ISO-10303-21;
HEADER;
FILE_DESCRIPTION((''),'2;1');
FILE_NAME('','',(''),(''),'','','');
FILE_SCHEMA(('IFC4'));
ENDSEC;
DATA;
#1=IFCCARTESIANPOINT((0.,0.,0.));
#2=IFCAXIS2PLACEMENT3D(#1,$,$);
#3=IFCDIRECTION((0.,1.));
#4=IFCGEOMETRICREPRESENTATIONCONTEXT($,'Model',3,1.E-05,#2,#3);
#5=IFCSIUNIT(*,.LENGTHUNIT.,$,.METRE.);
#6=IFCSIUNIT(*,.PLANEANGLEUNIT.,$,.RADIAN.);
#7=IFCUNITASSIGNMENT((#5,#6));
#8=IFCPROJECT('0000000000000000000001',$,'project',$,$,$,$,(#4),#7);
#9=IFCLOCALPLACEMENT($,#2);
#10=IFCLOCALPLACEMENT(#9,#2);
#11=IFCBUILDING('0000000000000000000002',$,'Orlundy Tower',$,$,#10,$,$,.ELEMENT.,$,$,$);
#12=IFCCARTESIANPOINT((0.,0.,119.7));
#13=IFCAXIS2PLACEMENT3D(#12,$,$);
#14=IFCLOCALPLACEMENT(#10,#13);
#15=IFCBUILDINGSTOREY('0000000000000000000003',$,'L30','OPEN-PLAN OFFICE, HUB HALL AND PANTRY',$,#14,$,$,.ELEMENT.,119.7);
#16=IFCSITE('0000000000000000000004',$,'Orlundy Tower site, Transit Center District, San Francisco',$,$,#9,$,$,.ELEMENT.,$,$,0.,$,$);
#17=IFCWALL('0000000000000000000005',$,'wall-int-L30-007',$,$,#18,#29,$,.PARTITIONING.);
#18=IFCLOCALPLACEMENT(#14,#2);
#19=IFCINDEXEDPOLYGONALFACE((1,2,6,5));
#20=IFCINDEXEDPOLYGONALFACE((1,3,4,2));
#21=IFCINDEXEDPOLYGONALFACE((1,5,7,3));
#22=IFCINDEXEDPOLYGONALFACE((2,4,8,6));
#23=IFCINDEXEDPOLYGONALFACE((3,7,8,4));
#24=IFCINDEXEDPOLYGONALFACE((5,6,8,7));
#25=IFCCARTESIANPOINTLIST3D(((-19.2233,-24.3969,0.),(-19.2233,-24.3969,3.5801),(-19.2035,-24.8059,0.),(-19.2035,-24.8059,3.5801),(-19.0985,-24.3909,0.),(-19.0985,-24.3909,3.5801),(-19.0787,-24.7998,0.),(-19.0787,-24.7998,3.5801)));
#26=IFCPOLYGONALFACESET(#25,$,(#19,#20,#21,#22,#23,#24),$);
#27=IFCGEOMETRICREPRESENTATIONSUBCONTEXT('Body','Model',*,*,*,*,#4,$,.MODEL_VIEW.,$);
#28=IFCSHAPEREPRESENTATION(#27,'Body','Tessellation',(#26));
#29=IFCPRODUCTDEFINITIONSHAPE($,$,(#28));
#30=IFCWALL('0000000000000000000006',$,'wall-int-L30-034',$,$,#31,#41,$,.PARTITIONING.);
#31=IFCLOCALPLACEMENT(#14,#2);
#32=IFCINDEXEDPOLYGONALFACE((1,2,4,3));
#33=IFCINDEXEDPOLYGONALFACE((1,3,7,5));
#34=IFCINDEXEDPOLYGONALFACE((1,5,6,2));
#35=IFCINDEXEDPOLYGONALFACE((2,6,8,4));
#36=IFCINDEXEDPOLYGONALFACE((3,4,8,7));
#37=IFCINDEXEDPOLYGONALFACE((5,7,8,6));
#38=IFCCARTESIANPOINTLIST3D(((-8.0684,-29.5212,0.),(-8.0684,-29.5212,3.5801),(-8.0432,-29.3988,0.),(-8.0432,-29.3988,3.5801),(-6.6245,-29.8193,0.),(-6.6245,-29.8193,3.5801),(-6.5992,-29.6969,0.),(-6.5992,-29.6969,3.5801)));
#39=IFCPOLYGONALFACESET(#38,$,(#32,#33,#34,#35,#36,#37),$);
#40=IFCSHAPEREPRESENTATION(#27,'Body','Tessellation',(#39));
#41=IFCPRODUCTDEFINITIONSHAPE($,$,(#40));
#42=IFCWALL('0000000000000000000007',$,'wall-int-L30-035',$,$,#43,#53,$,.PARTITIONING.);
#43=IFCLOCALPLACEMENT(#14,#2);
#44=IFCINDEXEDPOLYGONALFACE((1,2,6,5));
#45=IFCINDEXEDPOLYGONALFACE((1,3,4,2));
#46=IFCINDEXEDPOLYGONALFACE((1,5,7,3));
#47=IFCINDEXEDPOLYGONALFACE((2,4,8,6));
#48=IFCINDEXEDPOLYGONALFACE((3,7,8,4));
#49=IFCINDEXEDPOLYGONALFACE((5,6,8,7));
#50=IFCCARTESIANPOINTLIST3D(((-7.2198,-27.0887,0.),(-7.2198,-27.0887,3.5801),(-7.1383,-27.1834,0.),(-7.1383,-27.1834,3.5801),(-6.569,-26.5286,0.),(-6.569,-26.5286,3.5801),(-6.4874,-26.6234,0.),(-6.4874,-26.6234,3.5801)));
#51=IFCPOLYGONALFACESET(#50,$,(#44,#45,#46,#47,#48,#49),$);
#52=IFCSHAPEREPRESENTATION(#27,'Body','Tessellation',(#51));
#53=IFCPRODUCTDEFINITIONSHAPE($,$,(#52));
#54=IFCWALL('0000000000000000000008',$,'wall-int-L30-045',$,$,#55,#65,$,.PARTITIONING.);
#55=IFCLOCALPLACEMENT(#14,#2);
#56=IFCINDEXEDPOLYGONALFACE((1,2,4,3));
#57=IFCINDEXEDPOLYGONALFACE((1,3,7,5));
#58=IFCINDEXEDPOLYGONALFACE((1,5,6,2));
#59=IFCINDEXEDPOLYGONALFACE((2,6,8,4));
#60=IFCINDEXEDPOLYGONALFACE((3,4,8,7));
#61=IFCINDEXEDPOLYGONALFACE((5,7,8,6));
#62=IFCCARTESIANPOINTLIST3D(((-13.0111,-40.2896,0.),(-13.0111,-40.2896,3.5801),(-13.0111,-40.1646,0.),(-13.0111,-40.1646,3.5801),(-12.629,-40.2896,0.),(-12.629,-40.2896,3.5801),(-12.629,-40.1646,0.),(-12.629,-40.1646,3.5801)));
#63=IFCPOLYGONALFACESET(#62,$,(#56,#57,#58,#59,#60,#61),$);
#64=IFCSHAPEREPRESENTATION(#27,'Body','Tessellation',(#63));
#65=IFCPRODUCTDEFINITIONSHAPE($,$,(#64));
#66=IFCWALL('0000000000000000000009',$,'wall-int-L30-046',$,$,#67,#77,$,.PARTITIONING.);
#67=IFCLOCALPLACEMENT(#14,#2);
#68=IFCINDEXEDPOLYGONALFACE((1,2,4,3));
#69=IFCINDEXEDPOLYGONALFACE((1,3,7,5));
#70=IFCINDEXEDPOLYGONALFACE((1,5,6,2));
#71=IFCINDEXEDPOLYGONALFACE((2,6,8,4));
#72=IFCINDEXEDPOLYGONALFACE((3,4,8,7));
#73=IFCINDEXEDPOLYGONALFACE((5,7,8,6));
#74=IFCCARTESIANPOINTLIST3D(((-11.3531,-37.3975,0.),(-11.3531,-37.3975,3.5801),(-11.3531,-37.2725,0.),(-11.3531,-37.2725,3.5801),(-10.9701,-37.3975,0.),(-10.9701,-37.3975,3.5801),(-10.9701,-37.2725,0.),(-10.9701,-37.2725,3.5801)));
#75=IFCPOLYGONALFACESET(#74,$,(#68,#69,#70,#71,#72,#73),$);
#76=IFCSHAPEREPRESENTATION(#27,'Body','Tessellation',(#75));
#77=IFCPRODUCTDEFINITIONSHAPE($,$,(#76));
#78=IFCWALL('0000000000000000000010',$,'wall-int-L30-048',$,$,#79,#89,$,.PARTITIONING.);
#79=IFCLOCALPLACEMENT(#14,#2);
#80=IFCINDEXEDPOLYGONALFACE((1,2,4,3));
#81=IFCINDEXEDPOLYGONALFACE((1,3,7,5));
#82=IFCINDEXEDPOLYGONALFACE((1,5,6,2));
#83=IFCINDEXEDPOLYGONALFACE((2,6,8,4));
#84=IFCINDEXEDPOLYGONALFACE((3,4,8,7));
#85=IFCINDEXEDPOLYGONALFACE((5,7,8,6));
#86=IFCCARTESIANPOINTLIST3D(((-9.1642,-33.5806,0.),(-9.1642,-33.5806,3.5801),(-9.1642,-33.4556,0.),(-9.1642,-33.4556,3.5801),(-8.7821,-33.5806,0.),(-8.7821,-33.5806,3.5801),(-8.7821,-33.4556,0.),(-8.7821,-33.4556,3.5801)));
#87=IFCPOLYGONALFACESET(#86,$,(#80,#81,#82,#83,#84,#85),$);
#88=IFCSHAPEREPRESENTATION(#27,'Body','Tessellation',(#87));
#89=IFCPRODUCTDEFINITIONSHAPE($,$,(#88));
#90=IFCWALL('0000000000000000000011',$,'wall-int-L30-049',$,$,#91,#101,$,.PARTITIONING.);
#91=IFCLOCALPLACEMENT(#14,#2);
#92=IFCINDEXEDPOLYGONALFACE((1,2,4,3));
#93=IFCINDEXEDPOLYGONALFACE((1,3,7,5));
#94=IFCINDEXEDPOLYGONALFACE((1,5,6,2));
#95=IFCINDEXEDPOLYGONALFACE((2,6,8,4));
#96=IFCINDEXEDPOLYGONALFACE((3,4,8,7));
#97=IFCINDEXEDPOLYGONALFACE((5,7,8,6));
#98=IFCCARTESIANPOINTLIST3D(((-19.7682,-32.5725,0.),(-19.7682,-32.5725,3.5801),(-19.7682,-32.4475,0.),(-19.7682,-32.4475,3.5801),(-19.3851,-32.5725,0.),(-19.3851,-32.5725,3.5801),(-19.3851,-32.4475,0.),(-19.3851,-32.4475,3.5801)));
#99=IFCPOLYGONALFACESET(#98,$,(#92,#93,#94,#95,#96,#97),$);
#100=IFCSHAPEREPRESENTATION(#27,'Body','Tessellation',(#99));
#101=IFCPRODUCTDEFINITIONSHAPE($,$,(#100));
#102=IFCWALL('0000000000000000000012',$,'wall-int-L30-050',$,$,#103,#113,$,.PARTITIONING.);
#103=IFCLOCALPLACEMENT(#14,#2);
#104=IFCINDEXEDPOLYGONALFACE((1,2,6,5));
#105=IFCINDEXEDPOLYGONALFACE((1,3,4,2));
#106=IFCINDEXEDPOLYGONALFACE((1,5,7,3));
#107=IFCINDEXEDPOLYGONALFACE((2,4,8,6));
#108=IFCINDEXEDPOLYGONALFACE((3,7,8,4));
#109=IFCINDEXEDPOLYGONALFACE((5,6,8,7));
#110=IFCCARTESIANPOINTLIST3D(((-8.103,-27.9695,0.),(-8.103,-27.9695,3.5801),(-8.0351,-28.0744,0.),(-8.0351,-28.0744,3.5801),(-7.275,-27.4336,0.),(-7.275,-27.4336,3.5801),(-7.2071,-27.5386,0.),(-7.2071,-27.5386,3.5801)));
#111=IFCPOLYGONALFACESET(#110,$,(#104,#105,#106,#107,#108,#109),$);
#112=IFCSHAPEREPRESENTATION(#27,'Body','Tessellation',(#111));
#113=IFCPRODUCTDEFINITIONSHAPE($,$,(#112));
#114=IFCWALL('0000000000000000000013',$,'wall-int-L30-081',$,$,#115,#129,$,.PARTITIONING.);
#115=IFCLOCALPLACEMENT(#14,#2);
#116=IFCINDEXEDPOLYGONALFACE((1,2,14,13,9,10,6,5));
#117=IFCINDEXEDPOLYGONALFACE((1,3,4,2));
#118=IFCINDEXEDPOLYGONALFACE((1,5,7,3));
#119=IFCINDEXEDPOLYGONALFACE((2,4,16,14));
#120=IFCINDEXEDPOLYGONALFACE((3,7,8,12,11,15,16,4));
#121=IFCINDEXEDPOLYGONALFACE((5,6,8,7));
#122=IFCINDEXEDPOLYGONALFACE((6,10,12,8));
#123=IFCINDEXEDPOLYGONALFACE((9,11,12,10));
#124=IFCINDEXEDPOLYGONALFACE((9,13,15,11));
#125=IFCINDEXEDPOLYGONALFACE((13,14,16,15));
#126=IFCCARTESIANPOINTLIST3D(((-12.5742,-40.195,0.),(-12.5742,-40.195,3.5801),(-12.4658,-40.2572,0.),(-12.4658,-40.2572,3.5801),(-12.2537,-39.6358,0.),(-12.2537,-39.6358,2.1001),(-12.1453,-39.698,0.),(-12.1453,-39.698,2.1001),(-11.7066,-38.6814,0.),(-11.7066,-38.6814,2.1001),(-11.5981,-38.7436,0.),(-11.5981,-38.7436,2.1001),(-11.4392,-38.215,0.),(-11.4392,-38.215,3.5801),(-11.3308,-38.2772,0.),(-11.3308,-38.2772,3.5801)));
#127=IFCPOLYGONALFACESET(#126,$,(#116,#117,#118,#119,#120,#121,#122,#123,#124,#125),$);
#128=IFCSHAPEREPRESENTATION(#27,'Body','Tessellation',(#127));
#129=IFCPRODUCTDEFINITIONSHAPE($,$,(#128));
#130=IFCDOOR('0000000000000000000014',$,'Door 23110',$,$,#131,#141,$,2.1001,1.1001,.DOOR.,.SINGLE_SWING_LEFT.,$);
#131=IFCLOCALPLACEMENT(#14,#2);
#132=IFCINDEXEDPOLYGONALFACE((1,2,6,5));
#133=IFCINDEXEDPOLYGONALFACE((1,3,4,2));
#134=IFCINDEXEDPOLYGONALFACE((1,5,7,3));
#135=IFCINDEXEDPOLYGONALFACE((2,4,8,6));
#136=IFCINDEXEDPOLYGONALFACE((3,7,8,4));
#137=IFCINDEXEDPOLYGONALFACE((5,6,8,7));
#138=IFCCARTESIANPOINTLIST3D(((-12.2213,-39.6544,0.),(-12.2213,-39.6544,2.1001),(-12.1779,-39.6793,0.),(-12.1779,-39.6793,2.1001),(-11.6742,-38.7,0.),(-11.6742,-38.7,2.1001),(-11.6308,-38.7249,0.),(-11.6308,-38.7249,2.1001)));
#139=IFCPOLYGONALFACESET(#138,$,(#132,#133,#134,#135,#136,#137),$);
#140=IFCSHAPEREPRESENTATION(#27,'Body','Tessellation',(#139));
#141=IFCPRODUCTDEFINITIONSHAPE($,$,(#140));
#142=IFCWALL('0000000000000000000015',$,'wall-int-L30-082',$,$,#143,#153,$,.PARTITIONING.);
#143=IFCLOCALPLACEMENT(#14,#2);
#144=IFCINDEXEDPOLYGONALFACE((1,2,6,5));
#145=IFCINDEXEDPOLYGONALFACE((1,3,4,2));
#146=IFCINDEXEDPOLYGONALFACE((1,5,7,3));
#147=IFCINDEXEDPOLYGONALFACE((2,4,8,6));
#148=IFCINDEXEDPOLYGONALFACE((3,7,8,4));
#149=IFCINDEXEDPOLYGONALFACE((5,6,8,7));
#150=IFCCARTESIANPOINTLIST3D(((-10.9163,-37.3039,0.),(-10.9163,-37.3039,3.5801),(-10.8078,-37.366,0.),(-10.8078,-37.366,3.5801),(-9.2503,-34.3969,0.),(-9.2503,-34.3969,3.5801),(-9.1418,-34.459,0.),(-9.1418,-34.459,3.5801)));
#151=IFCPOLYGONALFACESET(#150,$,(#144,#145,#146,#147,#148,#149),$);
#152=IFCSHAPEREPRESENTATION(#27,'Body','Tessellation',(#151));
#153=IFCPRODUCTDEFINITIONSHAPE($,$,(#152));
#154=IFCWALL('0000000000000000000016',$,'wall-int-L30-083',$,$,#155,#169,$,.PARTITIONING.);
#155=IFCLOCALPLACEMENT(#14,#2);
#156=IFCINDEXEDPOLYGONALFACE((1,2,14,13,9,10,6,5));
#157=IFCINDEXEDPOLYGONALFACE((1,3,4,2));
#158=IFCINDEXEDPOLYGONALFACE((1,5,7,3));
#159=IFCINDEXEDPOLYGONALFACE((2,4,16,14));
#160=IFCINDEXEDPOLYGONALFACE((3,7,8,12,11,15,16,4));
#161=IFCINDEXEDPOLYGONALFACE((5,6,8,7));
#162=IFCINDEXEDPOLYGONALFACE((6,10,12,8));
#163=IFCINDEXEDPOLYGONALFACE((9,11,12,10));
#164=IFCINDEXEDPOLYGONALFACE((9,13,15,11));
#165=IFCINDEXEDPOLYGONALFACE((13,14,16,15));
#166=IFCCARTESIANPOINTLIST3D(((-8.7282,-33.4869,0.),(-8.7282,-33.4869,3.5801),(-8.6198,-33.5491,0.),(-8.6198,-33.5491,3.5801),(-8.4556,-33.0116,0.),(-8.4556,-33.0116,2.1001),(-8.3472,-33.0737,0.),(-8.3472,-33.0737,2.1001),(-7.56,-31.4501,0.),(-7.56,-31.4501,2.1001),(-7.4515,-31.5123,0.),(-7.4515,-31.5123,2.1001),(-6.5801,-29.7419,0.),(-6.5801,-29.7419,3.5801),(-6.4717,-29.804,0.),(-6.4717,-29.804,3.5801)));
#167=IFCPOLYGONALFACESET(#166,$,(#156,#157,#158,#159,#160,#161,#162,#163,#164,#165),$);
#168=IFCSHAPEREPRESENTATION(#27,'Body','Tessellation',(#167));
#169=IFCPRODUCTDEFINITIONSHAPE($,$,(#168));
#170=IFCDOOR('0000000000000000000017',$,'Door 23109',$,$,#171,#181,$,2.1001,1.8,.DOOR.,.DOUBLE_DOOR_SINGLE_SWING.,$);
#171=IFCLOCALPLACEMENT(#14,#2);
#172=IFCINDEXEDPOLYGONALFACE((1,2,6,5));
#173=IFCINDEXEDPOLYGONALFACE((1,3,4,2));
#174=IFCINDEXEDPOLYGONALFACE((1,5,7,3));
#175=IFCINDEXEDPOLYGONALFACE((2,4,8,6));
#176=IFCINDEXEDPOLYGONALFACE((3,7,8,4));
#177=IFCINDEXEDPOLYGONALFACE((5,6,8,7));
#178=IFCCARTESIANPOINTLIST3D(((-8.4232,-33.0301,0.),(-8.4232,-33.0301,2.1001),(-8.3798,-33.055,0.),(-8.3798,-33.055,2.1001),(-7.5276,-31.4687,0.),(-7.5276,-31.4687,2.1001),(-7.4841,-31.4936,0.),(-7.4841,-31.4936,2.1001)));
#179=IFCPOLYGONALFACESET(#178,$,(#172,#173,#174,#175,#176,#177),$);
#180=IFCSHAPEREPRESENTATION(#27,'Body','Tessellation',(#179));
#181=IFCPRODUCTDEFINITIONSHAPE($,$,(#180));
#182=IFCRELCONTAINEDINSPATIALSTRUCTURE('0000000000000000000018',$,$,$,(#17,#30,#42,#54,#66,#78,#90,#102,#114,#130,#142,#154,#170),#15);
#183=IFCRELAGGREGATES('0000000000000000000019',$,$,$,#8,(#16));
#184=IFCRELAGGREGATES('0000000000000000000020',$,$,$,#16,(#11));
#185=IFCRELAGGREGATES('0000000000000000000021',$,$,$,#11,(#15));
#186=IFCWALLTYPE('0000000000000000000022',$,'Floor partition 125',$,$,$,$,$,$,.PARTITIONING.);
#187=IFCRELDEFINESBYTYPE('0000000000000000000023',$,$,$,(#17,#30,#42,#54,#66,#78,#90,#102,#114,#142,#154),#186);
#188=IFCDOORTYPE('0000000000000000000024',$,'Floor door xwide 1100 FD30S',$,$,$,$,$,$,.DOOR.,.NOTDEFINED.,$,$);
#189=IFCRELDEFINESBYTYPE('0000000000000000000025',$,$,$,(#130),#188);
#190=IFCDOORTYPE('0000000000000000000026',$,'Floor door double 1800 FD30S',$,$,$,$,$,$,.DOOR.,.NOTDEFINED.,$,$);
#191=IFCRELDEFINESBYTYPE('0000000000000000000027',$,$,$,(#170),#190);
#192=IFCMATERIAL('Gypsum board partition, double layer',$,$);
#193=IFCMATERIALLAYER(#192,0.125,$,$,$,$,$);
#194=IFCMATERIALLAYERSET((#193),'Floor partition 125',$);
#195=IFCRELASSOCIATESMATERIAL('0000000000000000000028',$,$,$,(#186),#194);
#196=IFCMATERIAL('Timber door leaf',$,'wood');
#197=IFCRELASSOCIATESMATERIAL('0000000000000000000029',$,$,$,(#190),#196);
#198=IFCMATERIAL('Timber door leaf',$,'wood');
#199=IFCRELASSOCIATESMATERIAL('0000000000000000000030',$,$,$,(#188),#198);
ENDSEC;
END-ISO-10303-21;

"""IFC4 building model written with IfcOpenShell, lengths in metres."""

from ifc_helpers import new_model, si_unit, direction, frame, frame_2d, origin, place, context, subcontext, project, spatial, rectangle, extrude, material, layer, layer_set, type_object, element, fill, save


model = new_model("IFC4")

# Units and contexts
model_context = context("Model", 3, precision=1e-05, world=origin(), true_north=direction((0.0, 1.0)))
body_context = subcontext(model_context, "Body", "Model", "MODEL_VIEW")
ifc_project = project(units=[si_unit("LENGTHUNIT", "METRE"), si_unit("PLANEANGLEUNIT", "RADIAN")], contexts=[model_context])

# Site, building, storey
site_placement = place(None, origin())
site = spatial("IfcSite", under=ifc_project, at=site_placement, Name="Orlundy Tower site, Transit Center District, San Francisco", CompositionType="ELEMENT", RefElevation=0.0)
building_placement = place(site_placement, origin())
building = spatial("IfcBuilding", under=site, at=building_placement, Name="Orlundy Tower", CompositionType="ELEMENT")
storey_placement = place(building_placement, frame((0.0, 0.0, 119.7)))
storey = spatial("IfcBuildingStorey", under=building, at=storey_placement, Name="L30", Description="OPEN-PLAN OFFICE, HUB HALL AND PANTRY", CompositionType="ELEMENT", Elevation=119.7)

# Shared definitions
ifc_material_1 = material(Name="Gypsum board partition, double layer")
ifc_layer_1 = layer(ifc_material_1, 0.125)
ifc_layer_set_1 = layer_set([ifc_layer_1], Name="Floor partition 125")
wall_type_1 = type_object("IfcWallType", Name="Floor partition 125", PredefinedType="PARTITIONING", material=ifc_layer_set_1)
ifc_material_2 = material(Name="Timber door leaf", Category="wood")
door_type_1 = type_object("IfcDoorType", Name="Floor door double 1800 FD30S", OperationType="NOTDEFINED", PredefinedType="DOOR", material=ifc_material_2)

# Walls
wall_1_placement = place(storey_placement, frame((-19.1609, -24.394, 0.0), z_axis=(0.0, 0.0, 1.0), x_axis=(0.048302, -0.998833, 0.0)))
element("IfcWall", 1, at=wall_1_placement, inside=storey, type_object=wall_type_1, Name="wall-int-L30-007", PredefinedType="PARTITIONING", context=body_context, shape_type="SweptSolid", body=[
    extrude(rectangle(XDim=0.4094, YDim=0.125, at=frame_2d((0.2046, 0.0))), origin(), (0.0, 0.0, 1.0), 3.5801),
])
wall_2_placement = place(storey_placement, frame((-8.0559, -29.46, 0.0), z_axis=(0.0, 0.0, 1.0), x_axis=(0.979345, -0.202195, 0.0)))
element("IfcWall", 2, at=wall_2_placement, inside=storey, type_object=wall_type_1, Name="wall-int-L30-034", PredefinedType="PARTITIONING", context=body_context, shape_type="SweptSolid", body=[
    extrude(rectangle(XDim=1.4744, YDim=0.125, at=frame_2d((0.7373, 0.0))), origin(), (0.0, 0.0, 1.0), 3.5801),
])
wall_3_placement = place(storey_placement, frame((-7.179, -27.136, 0.0), z_axis=(0.0, 0.0, 1.0), x_axis=(0.758011, 0.652242, 0.0)))
element("IfcWall", 3, at=wall_3_placement, inside=storey, type_object=wall_type_1, Name="wall-int-L30-035", PredefinedType="PARTITIONING", context=body_context, shape_type="SweptSolid", body=[
    extrude(rectangle(XDim=0.8586, YDim=0.125, at=frame_2d((0.4292, 0.0))), origin(), (0.0, 0.0, 1.0), 3.5801),
])
wall_4_placement = place(storey_placement, frame((-13.011, -40.2271, 0.0), z_axis=(0.0, 0.0, 1.0), x_axis=(1.0, 0.0, 0.0)))
element("IfcWall", 4, at=wall_4_placement, inside=storey, type_object=wall_type_1, Name="wall-int-L30-045", PredefinedType="PARTITIONING", context=body_context, shape_type="SweptSolid", body=[
    extrude(rectangle(XDim=0.3821, YDim=0.125, at=frame_2d((0.1909, 0.0))), origin(), (0.0, 0.0, 1.0), 3.5801),
])
wall_5_placement = place(storey_placement, frame((-11.353, -37.335, 0.0), z_axis=(0.0, 0.0, 1.0), x_axis=(1.0, 0.0, 0.0)))
element("IfcWall", 5, at=wall_5_placement, inside=storey, type_object=wall_type_1, Name="wall-int-L30-046", PredefinedType="PARTITIONING", context=body_context, shape_type="SweptSolid", body=[
    extrude(rectangle(XDim=0.3831, YDim=0.125, at=frame_2d((0.1914, 0.0))), origin(), (0.0, 0.0, 1.0), 3.5801),
])
wall_6_placement = place(storey_placement, frame((-9.1641, -33.5181, 0.0), z_axis=(0.0, 0.0, 1.0), x_axis=(1.0, 0.0, 0.0)))
element("IfcWall", 6, at=wall_6_placement, inside=storey, type_object=wall_type_1, Name="wall-int-L30-048", PredefinedType="PARTITIONING", context=body_context, shape_type="SweptSolid", body=[
    extrude(rectangle(XDim=0.3821, YDim=0.125, at=frame_2d((0.1909, 0.0))), origin(), (0.0, 0.0, 1.0), 3.5801),
])
wall_7_placement = place(storey_placement, frame((-19.7681, -32.51, 0.0), z_axis=(0.0, 0.0, 1.0), x_axis=(1.0, 0.0, 0.0)))
element("IfcWall", 7, at=wall_7_placement, inside=storey, type_object=wall_type_1, Name="wall-int-L30-049", PredefinedType="PARTITIONING", context=body_context, shape_type="SweptSolid", body=[
    extrude(rectangle(XDim=0.3831, YDim=0.125, at=frame_2d((0.1914, 0.0))), origin(), (0.0, 0.0, 1.0), 3.5801),
])
wall_8_placement = place(storey_placement, frame((-8.0691, -28.022, 0.0), z_axis=(0.0, 0.0, 1.0), x_axis=(0.83955, 0.543282, 0.0)))
element("IfcWall", 8, at=wall_8_placement, inside=storey, type_object=wall_type_1, Name="wall-int-L30-050", PredefinedType="PARTITIONING", context=body_context, shape_type="SweptSolid", body=[
    extrude(rectangle(XDim=0.9863, YDim=0.125, at=frame_2d((0.4932, 0.0))), origin(), (0.0, 0.0, 1.0), 3.5801),
])

# Wall, opening, door
wall_9_placement = place(storey_placement, frame((-11.385, -38.2461, 0.0), z_axis=(0.0, 0.0, 1.0), x_axis=(-0.497325, -0.867564, 0.0)))
wall_9 = element("IfcWall", 9, at=wall_9_placement, inside=storey, type_object=wall_type_1, Name="wall-int-L30-081", PredefinedType="PARTITIONING", context=body_context, shape_type="SweptSolid", body=[
    extrude(rectangle(XDim=2.2822, YDim=0.125, at=frame_2d((1.1411, 0.0))), origin(), (0.0, 0.0, 1.0), 3.5801),
])
opening_1_placement = place(wall_9_placement, frame((0.5376, 0.0, 0.0)))
opening_1 = element("IfcOpeningElement", 10, at=opening_1_placement, cuts=wall_9, PredefinedType="OPENING", context=body_context, shape_type="SweptSolid", body=[
    extrude(rectangle(XDim=1.1001, YDim=2.1001, at=frame_2d((0.55, 1.05))), frame((0.0, 0.0725, 0.0), z_axis=(0.0, -1.0, 0.0), x_axis=(1.0, 0.0, 0.0)), (0.0, 0.0, 1.0), 0.145),
])
ifc_material_3 = material(Name="Timber door leaf", Category="wood")
door_type_2 = type_object("IfcDoorType", Name="Floor door xwide 1100 FD30S", OperationType="NOTDEFINED", PredefinedType="DOOR", material=ifc_material_3)
door_1_placement = place(opening_1_placement, origin())
door_1 = element("IfcDoor", 11, at=door_1_placement, inside=storey, type_object=door_type_2, Name="Door 23110", OperationType="SINGLE_SWING_LEFT", OverallHeight=2.1001, OverallWidth=1.1001, PredefinedType="DOOR", context=body_context, shape_type="SweptSolid", body=[
    extrude(rectangle(XDim=1.1001, YDim=2.1001, at=frame_2d((0.55, 1.05))), frame((0.0, 0.0249, 0.0), z_axis=(0.0, -1.0, 0.0), x_axis=(1.0, 0.0, 0.0)), (0.0, 0.0, 1.0), 0.05),
])
fill(opening_1, door_1)

# Wall
wall_10_placement = place(storey_placement, frame((-10.8621, -37.335, 0.0), z_axis=(0.0, 0.0, 1.0), x_axis=(0.497237, 0.867615, 0.0)))
element("IfcWall", 12, at=wall_10_placement, inside=storey, type_object=wall_type_1, Name="wall-int-L30-082", PredefinedType="PARTITIONING", context=body_context, shape_type="SweptSolid", body=[
    extrude(rectangle(XDim=3.3506, YDim=0.125, at=frame_2d((1.6753, 0.0))), origin(), (0.0, 0.0, 1.0), 3.5801),
])

# Wall, opening, door
wall_11_placement = place(storey_placement, frame((-6.5259, -29.7729, 0.0), z_axis=(0.0, 0.0, 1.0), x_axis=(-0.497557, -0.867431, 0.0)))
wall_11 = element("IfcWall", 13, at=wall_11_placement, inside=storey, type_object=wall_type_1, Name="wall-int-L30-083", PredefinedType="PARTITIONING", context=body_context, shape_type="SweptSolid", body=[
    extrude(rectangle(XDim=4.3174, YDim=0.125, at=frame_2d((2.1587, 0.0))), origin(), (0.0, 0.0, 1.0), 3.5801),
])
opening_2_placement = place(wall_11_placement, frame((1.9695, 0.0, 0.0)))
opening_2 = element("IfcOpeningElement", 14, at=opening_2_placement, cuts=wall_11, PredefinedType="OPENING", context=body_context, shape_type="SweptSolid", body=[
    extrude(rectangle(XDim=1.8, YDim=2.1001, at=frame_2d((0.8999, 1.05))), frame((0.0, 0.0725, 0.0), z_axis=(0.0, -1.0, 0.0), x_axis=(1.0, 0.0, 0.0)), (0.0, 0.0, 1.0), 0.145),
])
door_2_placement = place(opening_2_placement, origin())
door_2 = element("IfcDoor", 15, at=door_2_placement, inside=storey, type_object=door_type_1, Name="Door 23109", OperationType="DOUBLE_DOOR_SINGLE_SWING", OverallHeight=2.1001, OverallWidth=1.8, PredefinedType="DOOR", context=body_context, shape_type="SweptSolid", body=[
    extrude(rectangle(XDim=1.8, YDim=2.1001, at=frame_2d((0.8999, 1.05))), frame((0.0, 0.0249, 0.0), z_axis=(0.0, -1.0, 0.0), x_axis=(1.0, 0.0, 0.0)), (0.0, 0.0, 1.0), 0.05),
])
fill(opening_2, door_2)

save(model, "model.ifc")
